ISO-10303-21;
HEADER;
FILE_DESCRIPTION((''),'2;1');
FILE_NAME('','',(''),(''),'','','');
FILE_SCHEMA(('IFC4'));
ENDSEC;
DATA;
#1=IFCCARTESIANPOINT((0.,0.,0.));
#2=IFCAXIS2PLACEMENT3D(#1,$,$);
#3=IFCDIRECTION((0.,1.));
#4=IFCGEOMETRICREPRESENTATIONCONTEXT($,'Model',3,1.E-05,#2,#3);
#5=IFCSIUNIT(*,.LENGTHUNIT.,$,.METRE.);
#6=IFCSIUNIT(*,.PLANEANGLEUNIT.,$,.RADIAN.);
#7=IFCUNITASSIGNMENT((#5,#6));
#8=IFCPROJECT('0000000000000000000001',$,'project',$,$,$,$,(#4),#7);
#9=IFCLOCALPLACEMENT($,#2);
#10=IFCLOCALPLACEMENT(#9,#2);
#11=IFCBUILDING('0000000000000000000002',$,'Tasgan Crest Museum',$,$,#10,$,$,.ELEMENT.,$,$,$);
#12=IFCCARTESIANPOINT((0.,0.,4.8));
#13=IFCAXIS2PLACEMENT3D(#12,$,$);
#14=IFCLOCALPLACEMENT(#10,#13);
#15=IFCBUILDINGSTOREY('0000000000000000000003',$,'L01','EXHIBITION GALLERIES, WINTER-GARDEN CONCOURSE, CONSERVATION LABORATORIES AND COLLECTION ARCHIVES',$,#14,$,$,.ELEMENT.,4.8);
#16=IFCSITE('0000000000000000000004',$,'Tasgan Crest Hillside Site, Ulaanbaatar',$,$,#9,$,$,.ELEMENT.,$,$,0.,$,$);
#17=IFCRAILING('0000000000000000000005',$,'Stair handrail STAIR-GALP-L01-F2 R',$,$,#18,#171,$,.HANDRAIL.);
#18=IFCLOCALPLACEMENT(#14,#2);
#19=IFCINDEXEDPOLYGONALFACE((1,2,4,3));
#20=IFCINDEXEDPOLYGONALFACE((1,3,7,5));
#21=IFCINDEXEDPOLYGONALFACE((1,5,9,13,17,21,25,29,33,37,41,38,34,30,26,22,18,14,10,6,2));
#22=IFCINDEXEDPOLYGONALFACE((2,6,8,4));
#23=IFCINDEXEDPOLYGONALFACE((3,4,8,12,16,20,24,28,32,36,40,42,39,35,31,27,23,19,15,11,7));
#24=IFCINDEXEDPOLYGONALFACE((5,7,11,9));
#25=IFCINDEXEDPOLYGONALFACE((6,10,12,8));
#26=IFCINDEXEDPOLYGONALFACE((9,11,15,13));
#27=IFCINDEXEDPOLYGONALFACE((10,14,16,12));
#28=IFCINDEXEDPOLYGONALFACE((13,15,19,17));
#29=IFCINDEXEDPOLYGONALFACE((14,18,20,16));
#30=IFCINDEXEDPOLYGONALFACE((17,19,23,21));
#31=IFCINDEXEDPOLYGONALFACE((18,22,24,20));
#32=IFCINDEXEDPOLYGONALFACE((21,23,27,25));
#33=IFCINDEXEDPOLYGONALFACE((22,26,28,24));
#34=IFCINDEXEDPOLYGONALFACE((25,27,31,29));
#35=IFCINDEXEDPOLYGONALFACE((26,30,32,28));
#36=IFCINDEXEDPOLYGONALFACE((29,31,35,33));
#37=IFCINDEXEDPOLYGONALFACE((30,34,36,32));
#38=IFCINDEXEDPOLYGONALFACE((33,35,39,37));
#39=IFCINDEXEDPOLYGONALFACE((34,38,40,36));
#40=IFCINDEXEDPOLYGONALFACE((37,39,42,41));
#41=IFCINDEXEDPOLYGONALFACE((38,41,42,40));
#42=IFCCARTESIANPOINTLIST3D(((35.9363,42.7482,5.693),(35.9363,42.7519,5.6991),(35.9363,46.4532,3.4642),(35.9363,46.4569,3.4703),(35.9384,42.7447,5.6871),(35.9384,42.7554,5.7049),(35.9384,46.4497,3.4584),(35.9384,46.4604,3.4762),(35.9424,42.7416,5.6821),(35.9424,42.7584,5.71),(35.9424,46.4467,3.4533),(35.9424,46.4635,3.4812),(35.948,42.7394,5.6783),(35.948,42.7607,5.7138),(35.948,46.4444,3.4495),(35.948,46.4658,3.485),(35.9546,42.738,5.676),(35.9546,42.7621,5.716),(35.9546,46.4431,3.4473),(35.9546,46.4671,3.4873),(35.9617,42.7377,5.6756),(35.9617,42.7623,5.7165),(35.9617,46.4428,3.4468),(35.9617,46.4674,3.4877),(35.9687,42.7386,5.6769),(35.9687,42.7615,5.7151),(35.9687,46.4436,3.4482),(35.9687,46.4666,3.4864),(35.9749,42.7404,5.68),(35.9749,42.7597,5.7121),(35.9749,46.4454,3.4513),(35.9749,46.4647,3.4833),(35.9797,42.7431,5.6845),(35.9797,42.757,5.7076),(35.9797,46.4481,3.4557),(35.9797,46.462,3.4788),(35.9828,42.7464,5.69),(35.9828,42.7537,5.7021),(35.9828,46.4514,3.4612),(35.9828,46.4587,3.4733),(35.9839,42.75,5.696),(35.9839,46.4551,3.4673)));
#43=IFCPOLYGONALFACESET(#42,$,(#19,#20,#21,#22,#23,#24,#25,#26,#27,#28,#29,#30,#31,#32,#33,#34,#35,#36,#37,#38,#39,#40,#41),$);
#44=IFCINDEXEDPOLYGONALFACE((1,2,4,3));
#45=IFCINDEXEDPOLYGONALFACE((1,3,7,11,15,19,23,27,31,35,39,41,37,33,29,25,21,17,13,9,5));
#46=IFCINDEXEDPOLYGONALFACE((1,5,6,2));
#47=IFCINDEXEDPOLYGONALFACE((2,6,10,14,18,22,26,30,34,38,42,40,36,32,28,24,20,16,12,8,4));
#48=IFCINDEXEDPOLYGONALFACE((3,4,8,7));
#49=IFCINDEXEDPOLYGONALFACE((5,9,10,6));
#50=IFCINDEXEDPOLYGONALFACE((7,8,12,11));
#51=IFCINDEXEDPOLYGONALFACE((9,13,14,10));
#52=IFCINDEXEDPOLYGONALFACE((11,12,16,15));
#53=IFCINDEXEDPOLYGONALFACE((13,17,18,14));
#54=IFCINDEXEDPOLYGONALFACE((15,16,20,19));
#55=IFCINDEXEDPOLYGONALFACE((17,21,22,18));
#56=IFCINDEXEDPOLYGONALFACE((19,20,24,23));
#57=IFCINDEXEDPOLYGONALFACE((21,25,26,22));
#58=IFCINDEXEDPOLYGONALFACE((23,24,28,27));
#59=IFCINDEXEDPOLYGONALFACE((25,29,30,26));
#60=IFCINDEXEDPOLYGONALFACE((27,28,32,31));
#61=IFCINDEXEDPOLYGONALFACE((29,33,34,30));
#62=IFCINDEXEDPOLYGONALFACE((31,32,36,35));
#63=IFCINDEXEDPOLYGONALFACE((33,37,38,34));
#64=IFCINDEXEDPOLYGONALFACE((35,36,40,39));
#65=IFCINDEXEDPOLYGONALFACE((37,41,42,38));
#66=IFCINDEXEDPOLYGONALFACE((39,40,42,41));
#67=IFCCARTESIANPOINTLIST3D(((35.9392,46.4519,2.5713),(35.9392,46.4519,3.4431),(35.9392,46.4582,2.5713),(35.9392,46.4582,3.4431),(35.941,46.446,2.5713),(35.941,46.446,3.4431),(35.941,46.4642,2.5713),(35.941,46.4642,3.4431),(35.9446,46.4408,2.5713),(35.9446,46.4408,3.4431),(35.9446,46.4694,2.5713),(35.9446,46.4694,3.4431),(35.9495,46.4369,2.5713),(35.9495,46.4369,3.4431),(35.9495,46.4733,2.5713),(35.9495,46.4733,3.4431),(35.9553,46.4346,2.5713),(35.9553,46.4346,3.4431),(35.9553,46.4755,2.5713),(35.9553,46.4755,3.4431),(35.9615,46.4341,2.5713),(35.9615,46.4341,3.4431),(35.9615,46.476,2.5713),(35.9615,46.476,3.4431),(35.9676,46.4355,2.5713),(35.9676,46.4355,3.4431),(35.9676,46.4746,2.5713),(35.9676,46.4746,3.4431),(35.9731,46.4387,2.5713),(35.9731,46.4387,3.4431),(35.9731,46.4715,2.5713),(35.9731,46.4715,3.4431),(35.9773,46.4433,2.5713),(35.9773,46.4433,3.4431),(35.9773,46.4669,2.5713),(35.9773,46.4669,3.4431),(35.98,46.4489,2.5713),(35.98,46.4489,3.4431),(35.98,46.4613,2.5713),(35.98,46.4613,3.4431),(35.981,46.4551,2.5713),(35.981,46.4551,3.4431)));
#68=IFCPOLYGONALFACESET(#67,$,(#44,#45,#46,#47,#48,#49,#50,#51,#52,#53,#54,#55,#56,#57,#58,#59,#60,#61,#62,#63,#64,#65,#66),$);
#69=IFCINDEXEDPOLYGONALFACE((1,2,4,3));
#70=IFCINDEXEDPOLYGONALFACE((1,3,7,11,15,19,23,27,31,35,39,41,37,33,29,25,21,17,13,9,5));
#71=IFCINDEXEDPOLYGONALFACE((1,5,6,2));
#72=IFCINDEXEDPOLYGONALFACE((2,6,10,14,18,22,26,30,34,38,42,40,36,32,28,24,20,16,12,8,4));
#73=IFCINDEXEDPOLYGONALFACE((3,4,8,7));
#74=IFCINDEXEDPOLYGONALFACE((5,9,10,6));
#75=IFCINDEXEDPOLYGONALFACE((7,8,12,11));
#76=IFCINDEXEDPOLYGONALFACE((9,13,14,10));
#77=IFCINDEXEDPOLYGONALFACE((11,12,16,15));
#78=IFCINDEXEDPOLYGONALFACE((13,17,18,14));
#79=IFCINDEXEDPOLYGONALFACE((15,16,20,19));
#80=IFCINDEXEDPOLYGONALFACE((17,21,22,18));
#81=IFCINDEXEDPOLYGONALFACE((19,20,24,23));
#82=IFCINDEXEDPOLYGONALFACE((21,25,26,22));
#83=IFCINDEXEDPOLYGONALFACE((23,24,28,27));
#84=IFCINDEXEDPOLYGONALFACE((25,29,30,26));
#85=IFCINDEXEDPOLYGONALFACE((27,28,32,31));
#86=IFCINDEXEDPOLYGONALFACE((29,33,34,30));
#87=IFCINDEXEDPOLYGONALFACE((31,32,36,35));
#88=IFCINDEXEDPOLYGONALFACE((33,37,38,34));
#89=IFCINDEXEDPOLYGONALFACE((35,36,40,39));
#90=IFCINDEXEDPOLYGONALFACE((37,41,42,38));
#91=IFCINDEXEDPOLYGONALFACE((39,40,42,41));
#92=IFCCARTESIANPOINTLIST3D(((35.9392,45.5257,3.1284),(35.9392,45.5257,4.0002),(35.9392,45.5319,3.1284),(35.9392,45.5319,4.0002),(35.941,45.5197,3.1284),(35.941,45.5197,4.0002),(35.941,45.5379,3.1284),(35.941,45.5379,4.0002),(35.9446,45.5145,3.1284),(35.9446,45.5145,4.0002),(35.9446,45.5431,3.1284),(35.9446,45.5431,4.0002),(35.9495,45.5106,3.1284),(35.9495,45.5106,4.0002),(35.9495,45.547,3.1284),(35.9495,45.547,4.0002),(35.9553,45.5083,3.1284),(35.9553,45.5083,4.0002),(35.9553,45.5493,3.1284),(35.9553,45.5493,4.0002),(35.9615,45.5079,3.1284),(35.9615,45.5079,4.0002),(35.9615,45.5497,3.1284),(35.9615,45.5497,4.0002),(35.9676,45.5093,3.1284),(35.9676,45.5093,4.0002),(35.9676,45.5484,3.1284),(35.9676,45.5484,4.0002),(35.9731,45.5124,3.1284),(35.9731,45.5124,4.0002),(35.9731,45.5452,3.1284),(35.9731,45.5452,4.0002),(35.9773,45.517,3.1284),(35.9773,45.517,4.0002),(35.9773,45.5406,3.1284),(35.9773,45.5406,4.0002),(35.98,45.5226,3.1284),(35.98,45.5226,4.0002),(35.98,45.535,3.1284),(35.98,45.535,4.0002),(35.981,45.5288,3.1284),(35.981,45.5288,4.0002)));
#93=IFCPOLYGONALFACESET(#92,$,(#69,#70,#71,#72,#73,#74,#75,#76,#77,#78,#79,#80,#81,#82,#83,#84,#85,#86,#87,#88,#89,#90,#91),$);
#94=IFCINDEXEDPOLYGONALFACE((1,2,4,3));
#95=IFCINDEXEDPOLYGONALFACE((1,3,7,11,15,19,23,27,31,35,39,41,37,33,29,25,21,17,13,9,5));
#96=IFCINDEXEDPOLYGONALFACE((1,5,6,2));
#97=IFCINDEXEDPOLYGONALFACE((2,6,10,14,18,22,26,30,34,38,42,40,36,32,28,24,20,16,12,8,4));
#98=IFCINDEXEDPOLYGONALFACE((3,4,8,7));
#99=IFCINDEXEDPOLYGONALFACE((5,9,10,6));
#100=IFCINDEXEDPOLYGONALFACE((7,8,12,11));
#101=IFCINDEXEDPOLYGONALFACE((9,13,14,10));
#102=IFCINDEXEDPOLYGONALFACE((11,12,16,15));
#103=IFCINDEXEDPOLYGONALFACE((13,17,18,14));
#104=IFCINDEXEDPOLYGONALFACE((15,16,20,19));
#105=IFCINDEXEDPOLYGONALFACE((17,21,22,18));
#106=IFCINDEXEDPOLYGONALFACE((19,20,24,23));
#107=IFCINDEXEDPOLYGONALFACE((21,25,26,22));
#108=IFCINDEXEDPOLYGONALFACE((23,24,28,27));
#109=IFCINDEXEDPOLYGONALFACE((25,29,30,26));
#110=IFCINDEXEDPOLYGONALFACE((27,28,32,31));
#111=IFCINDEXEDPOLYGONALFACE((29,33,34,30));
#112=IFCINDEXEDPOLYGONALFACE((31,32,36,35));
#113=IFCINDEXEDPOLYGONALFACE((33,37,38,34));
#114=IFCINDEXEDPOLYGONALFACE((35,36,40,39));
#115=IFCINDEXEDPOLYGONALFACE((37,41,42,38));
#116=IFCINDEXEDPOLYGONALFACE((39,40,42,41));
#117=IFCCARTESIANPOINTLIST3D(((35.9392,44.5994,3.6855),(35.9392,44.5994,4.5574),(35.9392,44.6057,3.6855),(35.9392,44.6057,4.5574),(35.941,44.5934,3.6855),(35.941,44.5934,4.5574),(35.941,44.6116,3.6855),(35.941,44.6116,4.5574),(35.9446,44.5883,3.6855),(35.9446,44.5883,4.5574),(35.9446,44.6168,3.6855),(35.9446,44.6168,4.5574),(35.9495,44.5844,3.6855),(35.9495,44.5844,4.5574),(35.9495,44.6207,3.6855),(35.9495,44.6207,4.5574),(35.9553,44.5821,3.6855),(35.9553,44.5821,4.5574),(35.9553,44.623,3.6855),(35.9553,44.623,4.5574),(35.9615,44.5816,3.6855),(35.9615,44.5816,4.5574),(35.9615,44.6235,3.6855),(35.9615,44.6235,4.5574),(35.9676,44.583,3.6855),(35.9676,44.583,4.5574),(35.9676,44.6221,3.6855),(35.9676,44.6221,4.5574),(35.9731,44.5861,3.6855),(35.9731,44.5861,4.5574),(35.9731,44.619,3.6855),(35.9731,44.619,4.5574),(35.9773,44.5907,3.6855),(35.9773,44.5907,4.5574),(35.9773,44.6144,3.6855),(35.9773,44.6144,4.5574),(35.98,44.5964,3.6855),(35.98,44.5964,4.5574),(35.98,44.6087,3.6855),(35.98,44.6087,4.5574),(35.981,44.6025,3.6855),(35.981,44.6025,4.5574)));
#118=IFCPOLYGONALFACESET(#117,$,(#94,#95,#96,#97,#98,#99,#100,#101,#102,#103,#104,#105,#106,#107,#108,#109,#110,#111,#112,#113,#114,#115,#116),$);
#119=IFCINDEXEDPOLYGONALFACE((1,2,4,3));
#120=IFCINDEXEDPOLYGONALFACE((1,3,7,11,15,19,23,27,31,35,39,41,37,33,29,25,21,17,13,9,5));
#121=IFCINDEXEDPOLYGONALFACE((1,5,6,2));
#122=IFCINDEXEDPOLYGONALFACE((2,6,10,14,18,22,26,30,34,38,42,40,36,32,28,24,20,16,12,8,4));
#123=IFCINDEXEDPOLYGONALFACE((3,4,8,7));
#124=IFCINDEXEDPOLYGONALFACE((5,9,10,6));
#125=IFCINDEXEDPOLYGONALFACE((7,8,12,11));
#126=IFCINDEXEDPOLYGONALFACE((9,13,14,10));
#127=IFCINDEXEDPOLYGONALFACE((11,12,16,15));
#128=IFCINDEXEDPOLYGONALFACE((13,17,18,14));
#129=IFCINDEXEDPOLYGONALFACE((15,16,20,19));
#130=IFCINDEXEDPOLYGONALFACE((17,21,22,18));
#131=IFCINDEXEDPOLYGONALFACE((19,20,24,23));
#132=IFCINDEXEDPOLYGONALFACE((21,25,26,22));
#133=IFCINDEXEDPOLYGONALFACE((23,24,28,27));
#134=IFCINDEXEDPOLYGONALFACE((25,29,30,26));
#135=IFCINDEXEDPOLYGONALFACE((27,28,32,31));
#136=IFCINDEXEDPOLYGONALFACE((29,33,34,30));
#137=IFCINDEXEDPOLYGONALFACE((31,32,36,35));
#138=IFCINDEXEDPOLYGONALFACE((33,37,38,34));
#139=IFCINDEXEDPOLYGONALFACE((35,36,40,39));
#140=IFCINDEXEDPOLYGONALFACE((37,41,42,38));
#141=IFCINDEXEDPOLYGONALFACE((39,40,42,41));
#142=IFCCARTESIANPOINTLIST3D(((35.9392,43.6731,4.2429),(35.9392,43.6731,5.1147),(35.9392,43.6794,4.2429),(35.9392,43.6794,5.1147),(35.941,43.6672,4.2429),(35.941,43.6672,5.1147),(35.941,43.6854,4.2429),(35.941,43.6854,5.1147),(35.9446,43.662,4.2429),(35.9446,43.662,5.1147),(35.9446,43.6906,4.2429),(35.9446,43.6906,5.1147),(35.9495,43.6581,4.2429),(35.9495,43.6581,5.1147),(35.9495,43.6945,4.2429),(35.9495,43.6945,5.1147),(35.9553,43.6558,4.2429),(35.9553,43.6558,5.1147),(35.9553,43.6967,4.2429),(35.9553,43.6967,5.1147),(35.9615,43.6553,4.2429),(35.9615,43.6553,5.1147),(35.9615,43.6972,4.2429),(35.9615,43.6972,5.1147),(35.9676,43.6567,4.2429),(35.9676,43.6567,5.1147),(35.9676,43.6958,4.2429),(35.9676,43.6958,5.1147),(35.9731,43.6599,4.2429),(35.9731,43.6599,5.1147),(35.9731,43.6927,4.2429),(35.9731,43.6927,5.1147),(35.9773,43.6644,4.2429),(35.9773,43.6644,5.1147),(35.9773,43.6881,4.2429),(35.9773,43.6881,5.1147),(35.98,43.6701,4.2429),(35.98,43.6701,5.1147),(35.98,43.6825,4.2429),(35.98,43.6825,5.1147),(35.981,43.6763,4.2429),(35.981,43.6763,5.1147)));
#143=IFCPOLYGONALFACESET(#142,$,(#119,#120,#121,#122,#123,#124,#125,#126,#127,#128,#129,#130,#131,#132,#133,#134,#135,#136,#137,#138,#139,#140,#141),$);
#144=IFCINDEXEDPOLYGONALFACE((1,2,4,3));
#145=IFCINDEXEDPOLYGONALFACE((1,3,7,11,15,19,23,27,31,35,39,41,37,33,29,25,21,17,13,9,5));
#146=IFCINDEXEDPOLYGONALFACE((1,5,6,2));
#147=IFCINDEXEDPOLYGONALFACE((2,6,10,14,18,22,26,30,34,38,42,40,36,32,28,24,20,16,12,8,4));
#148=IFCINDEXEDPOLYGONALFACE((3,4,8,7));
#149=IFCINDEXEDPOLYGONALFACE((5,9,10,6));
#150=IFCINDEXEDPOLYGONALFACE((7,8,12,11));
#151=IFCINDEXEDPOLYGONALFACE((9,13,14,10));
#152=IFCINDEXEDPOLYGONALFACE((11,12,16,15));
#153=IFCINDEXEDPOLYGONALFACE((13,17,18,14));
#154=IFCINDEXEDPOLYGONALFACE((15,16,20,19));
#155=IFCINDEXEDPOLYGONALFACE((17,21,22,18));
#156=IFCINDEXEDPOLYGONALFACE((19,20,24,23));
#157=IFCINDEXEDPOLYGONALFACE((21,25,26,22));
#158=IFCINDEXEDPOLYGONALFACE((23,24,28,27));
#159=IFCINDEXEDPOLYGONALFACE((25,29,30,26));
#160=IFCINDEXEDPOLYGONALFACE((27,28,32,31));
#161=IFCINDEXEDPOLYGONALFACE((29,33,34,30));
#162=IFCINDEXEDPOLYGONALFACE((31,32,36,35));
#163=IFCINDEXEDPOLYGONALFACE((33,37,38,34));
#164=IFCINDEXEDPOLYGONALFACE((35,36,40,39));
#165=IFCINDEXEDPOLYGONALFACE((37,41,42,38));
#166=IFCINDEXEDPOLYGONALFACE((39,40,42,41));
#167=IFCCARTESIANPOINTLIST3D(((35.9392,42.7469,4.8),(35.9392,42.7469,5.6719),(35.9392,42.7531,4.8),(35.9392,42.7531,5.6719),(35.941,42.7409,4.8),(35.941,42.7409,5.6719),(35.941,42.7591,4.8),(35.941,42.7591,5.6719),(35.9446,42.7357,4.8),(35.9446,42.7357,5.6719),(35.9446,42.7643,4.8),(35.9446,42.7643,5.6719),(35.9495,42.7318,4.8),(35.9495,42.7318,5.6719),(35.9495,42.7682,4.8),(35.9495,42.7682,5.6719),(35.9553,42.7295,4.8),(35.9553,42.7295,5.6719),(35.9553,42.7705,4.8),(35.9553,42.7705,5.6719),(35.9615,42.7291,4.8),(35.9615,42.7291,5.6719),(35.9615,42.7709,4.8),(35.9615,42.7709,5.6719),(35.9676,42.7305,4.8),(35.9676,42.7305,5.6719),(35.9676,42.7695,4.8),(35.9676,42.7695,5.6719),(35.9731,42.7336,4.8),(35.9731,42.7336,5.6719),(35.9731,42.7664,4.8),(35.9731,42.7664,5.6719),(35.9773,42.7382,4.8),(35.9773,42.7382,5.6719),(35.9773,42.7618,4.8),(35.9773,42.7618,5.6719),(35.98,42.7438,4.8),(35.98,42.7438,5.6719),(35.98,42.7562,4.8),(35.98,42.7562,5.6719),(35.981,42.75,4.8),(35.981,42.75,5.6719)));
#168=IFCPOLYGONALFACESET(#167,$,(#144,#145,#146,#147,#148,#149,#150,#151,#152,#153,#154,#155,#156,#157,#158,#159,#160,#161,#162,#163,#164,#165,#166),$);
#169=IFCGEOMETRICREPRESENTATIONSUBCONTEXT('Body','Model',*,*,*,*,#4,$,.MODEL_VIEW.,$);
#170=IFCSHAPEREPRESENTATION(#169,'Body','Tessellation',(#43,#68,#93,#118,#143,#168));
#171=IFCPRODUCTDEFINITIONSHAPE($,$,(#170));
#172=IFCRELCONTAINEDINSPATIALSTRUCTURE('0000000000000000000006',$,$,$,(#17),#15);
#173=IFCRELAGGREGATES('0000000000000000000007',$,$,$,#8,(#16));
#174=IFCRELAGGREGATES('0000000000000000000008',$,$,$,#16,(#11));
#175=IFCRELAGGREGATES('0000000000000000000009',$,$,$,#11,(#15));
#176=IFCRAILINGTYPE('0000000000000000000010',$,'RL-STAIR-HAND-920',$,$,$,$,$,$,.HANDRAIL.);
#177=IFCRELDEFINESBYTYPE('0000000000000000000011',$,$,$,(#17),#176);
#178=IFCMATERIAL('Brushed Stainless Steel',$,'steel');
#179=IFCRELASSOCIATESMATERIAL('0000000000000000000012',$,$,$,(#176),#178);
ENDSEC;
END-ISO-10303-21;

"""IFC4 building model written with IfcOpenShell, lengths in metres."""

from ifc_helpers import new_model, si_unit, direction, frame, origin, origin_2d, place, context, subcontext, project, spatial, circle, extrude, material, type_object, element, save


model = new_model("IFC4")

# Units and contexts
model_context = context("Model", 3, precision=1e-05, world=origin(), true_north=direction((0.0, 1.0)))
body_context = subcontext(model_context, "Body", "Model", "MODEL_VIEW")
ifc_project = project(units=[si_unit("LENGTHUNIT", "METRE"), si_unit("PLANEANGLEUNIT", "RADIAN")], contexts=[model_context])

# Site, building, storey
site_placement = place(None, origin())
site = spatial("IfcSite", under=ifc_project, at=site_placement, Name="Tasgan Crest Hillside Site, Ulaanbaatar", CompositionType="ELEMENT", RefElevation=0.0)
building_placement = place(site_placement, origin())
building = spatial("IfcBuilding", under=site, at=building_placement, Name="Tasgan Crest Museum", CompositionType="ELEMENT")
storey_placement = place(building_placement, frame((0.0, 0.0, 4.8)))
storey = spatial("IfcBuildingStorey", under=building, at=storey_placement, Name="L01", Description="EXHIBITION GALLERIES, WINTER-GARDEN CONCOURSE, CONSERVATION LABORATORIES AND COLLECTION ARCHIVES", CompositionType="ELEMENT", Elevation=4.8)

# Railing
ifc_material_1 = material(Name="Brushed Stainless Steel", Category="steel")
railing_type_1 = type_object("IfcRailingType", Name="RL-STAIR-HAND-920", PredefinedType="HANDRAIL", material=ifc_material_1)
for number, where, name in (
    (1, (35.96, 46.4551, 2.5713), "Stair handrail STAIR-GALP-L01-F2 R"),
):
    element("IfcRailing", number, at=place(storey_placement, frame(where)), inside=storey, type_object=railing_type_1, Name=name, PredefinedType="HANDRAIL", context=body_context, shape_type="SweptSolid", body=[
        extrude(circle(Radius=0.0239, at=origin_2d()), frame((0.0, 0.0, 0.896), z_axis=(0.0, -0.856909, 0.515467), x_axis=(1.0, 0.0, 0.0)), (0.0, 0.0, 1.0), 4.3237),
        extrude(circle(Radius=0.021, at=origin_2d()), origin(), (0.0, 0.0, 1.0), 0.8718),
        extrude(circle(Radius=0.021, at=origin_2d()), frame((0.0, -0.9263, 0.5571)), (0.0, 0.0, 1.0), 0.8718),
        extrude(circle(Radius=0.021, at=origin_2d()), frame((0.0, -1.8525, 1.1143)), (0.0, 0.0, 1.0), 0.8718),
        extrude(circle(Radius=0.021, at=origin_2d()), frame((0.0, -2.7788, 1.6716)), (0.0, 0.0, 1.0), 0.8718),
        extrude(circle(Radius=0.021, at=origin_2d()), frame((0.0, -3.7051, 2.2288)), (0.0, 0.0, 1.0), 0.8718),
    ])

save(model, "model.ifc")
